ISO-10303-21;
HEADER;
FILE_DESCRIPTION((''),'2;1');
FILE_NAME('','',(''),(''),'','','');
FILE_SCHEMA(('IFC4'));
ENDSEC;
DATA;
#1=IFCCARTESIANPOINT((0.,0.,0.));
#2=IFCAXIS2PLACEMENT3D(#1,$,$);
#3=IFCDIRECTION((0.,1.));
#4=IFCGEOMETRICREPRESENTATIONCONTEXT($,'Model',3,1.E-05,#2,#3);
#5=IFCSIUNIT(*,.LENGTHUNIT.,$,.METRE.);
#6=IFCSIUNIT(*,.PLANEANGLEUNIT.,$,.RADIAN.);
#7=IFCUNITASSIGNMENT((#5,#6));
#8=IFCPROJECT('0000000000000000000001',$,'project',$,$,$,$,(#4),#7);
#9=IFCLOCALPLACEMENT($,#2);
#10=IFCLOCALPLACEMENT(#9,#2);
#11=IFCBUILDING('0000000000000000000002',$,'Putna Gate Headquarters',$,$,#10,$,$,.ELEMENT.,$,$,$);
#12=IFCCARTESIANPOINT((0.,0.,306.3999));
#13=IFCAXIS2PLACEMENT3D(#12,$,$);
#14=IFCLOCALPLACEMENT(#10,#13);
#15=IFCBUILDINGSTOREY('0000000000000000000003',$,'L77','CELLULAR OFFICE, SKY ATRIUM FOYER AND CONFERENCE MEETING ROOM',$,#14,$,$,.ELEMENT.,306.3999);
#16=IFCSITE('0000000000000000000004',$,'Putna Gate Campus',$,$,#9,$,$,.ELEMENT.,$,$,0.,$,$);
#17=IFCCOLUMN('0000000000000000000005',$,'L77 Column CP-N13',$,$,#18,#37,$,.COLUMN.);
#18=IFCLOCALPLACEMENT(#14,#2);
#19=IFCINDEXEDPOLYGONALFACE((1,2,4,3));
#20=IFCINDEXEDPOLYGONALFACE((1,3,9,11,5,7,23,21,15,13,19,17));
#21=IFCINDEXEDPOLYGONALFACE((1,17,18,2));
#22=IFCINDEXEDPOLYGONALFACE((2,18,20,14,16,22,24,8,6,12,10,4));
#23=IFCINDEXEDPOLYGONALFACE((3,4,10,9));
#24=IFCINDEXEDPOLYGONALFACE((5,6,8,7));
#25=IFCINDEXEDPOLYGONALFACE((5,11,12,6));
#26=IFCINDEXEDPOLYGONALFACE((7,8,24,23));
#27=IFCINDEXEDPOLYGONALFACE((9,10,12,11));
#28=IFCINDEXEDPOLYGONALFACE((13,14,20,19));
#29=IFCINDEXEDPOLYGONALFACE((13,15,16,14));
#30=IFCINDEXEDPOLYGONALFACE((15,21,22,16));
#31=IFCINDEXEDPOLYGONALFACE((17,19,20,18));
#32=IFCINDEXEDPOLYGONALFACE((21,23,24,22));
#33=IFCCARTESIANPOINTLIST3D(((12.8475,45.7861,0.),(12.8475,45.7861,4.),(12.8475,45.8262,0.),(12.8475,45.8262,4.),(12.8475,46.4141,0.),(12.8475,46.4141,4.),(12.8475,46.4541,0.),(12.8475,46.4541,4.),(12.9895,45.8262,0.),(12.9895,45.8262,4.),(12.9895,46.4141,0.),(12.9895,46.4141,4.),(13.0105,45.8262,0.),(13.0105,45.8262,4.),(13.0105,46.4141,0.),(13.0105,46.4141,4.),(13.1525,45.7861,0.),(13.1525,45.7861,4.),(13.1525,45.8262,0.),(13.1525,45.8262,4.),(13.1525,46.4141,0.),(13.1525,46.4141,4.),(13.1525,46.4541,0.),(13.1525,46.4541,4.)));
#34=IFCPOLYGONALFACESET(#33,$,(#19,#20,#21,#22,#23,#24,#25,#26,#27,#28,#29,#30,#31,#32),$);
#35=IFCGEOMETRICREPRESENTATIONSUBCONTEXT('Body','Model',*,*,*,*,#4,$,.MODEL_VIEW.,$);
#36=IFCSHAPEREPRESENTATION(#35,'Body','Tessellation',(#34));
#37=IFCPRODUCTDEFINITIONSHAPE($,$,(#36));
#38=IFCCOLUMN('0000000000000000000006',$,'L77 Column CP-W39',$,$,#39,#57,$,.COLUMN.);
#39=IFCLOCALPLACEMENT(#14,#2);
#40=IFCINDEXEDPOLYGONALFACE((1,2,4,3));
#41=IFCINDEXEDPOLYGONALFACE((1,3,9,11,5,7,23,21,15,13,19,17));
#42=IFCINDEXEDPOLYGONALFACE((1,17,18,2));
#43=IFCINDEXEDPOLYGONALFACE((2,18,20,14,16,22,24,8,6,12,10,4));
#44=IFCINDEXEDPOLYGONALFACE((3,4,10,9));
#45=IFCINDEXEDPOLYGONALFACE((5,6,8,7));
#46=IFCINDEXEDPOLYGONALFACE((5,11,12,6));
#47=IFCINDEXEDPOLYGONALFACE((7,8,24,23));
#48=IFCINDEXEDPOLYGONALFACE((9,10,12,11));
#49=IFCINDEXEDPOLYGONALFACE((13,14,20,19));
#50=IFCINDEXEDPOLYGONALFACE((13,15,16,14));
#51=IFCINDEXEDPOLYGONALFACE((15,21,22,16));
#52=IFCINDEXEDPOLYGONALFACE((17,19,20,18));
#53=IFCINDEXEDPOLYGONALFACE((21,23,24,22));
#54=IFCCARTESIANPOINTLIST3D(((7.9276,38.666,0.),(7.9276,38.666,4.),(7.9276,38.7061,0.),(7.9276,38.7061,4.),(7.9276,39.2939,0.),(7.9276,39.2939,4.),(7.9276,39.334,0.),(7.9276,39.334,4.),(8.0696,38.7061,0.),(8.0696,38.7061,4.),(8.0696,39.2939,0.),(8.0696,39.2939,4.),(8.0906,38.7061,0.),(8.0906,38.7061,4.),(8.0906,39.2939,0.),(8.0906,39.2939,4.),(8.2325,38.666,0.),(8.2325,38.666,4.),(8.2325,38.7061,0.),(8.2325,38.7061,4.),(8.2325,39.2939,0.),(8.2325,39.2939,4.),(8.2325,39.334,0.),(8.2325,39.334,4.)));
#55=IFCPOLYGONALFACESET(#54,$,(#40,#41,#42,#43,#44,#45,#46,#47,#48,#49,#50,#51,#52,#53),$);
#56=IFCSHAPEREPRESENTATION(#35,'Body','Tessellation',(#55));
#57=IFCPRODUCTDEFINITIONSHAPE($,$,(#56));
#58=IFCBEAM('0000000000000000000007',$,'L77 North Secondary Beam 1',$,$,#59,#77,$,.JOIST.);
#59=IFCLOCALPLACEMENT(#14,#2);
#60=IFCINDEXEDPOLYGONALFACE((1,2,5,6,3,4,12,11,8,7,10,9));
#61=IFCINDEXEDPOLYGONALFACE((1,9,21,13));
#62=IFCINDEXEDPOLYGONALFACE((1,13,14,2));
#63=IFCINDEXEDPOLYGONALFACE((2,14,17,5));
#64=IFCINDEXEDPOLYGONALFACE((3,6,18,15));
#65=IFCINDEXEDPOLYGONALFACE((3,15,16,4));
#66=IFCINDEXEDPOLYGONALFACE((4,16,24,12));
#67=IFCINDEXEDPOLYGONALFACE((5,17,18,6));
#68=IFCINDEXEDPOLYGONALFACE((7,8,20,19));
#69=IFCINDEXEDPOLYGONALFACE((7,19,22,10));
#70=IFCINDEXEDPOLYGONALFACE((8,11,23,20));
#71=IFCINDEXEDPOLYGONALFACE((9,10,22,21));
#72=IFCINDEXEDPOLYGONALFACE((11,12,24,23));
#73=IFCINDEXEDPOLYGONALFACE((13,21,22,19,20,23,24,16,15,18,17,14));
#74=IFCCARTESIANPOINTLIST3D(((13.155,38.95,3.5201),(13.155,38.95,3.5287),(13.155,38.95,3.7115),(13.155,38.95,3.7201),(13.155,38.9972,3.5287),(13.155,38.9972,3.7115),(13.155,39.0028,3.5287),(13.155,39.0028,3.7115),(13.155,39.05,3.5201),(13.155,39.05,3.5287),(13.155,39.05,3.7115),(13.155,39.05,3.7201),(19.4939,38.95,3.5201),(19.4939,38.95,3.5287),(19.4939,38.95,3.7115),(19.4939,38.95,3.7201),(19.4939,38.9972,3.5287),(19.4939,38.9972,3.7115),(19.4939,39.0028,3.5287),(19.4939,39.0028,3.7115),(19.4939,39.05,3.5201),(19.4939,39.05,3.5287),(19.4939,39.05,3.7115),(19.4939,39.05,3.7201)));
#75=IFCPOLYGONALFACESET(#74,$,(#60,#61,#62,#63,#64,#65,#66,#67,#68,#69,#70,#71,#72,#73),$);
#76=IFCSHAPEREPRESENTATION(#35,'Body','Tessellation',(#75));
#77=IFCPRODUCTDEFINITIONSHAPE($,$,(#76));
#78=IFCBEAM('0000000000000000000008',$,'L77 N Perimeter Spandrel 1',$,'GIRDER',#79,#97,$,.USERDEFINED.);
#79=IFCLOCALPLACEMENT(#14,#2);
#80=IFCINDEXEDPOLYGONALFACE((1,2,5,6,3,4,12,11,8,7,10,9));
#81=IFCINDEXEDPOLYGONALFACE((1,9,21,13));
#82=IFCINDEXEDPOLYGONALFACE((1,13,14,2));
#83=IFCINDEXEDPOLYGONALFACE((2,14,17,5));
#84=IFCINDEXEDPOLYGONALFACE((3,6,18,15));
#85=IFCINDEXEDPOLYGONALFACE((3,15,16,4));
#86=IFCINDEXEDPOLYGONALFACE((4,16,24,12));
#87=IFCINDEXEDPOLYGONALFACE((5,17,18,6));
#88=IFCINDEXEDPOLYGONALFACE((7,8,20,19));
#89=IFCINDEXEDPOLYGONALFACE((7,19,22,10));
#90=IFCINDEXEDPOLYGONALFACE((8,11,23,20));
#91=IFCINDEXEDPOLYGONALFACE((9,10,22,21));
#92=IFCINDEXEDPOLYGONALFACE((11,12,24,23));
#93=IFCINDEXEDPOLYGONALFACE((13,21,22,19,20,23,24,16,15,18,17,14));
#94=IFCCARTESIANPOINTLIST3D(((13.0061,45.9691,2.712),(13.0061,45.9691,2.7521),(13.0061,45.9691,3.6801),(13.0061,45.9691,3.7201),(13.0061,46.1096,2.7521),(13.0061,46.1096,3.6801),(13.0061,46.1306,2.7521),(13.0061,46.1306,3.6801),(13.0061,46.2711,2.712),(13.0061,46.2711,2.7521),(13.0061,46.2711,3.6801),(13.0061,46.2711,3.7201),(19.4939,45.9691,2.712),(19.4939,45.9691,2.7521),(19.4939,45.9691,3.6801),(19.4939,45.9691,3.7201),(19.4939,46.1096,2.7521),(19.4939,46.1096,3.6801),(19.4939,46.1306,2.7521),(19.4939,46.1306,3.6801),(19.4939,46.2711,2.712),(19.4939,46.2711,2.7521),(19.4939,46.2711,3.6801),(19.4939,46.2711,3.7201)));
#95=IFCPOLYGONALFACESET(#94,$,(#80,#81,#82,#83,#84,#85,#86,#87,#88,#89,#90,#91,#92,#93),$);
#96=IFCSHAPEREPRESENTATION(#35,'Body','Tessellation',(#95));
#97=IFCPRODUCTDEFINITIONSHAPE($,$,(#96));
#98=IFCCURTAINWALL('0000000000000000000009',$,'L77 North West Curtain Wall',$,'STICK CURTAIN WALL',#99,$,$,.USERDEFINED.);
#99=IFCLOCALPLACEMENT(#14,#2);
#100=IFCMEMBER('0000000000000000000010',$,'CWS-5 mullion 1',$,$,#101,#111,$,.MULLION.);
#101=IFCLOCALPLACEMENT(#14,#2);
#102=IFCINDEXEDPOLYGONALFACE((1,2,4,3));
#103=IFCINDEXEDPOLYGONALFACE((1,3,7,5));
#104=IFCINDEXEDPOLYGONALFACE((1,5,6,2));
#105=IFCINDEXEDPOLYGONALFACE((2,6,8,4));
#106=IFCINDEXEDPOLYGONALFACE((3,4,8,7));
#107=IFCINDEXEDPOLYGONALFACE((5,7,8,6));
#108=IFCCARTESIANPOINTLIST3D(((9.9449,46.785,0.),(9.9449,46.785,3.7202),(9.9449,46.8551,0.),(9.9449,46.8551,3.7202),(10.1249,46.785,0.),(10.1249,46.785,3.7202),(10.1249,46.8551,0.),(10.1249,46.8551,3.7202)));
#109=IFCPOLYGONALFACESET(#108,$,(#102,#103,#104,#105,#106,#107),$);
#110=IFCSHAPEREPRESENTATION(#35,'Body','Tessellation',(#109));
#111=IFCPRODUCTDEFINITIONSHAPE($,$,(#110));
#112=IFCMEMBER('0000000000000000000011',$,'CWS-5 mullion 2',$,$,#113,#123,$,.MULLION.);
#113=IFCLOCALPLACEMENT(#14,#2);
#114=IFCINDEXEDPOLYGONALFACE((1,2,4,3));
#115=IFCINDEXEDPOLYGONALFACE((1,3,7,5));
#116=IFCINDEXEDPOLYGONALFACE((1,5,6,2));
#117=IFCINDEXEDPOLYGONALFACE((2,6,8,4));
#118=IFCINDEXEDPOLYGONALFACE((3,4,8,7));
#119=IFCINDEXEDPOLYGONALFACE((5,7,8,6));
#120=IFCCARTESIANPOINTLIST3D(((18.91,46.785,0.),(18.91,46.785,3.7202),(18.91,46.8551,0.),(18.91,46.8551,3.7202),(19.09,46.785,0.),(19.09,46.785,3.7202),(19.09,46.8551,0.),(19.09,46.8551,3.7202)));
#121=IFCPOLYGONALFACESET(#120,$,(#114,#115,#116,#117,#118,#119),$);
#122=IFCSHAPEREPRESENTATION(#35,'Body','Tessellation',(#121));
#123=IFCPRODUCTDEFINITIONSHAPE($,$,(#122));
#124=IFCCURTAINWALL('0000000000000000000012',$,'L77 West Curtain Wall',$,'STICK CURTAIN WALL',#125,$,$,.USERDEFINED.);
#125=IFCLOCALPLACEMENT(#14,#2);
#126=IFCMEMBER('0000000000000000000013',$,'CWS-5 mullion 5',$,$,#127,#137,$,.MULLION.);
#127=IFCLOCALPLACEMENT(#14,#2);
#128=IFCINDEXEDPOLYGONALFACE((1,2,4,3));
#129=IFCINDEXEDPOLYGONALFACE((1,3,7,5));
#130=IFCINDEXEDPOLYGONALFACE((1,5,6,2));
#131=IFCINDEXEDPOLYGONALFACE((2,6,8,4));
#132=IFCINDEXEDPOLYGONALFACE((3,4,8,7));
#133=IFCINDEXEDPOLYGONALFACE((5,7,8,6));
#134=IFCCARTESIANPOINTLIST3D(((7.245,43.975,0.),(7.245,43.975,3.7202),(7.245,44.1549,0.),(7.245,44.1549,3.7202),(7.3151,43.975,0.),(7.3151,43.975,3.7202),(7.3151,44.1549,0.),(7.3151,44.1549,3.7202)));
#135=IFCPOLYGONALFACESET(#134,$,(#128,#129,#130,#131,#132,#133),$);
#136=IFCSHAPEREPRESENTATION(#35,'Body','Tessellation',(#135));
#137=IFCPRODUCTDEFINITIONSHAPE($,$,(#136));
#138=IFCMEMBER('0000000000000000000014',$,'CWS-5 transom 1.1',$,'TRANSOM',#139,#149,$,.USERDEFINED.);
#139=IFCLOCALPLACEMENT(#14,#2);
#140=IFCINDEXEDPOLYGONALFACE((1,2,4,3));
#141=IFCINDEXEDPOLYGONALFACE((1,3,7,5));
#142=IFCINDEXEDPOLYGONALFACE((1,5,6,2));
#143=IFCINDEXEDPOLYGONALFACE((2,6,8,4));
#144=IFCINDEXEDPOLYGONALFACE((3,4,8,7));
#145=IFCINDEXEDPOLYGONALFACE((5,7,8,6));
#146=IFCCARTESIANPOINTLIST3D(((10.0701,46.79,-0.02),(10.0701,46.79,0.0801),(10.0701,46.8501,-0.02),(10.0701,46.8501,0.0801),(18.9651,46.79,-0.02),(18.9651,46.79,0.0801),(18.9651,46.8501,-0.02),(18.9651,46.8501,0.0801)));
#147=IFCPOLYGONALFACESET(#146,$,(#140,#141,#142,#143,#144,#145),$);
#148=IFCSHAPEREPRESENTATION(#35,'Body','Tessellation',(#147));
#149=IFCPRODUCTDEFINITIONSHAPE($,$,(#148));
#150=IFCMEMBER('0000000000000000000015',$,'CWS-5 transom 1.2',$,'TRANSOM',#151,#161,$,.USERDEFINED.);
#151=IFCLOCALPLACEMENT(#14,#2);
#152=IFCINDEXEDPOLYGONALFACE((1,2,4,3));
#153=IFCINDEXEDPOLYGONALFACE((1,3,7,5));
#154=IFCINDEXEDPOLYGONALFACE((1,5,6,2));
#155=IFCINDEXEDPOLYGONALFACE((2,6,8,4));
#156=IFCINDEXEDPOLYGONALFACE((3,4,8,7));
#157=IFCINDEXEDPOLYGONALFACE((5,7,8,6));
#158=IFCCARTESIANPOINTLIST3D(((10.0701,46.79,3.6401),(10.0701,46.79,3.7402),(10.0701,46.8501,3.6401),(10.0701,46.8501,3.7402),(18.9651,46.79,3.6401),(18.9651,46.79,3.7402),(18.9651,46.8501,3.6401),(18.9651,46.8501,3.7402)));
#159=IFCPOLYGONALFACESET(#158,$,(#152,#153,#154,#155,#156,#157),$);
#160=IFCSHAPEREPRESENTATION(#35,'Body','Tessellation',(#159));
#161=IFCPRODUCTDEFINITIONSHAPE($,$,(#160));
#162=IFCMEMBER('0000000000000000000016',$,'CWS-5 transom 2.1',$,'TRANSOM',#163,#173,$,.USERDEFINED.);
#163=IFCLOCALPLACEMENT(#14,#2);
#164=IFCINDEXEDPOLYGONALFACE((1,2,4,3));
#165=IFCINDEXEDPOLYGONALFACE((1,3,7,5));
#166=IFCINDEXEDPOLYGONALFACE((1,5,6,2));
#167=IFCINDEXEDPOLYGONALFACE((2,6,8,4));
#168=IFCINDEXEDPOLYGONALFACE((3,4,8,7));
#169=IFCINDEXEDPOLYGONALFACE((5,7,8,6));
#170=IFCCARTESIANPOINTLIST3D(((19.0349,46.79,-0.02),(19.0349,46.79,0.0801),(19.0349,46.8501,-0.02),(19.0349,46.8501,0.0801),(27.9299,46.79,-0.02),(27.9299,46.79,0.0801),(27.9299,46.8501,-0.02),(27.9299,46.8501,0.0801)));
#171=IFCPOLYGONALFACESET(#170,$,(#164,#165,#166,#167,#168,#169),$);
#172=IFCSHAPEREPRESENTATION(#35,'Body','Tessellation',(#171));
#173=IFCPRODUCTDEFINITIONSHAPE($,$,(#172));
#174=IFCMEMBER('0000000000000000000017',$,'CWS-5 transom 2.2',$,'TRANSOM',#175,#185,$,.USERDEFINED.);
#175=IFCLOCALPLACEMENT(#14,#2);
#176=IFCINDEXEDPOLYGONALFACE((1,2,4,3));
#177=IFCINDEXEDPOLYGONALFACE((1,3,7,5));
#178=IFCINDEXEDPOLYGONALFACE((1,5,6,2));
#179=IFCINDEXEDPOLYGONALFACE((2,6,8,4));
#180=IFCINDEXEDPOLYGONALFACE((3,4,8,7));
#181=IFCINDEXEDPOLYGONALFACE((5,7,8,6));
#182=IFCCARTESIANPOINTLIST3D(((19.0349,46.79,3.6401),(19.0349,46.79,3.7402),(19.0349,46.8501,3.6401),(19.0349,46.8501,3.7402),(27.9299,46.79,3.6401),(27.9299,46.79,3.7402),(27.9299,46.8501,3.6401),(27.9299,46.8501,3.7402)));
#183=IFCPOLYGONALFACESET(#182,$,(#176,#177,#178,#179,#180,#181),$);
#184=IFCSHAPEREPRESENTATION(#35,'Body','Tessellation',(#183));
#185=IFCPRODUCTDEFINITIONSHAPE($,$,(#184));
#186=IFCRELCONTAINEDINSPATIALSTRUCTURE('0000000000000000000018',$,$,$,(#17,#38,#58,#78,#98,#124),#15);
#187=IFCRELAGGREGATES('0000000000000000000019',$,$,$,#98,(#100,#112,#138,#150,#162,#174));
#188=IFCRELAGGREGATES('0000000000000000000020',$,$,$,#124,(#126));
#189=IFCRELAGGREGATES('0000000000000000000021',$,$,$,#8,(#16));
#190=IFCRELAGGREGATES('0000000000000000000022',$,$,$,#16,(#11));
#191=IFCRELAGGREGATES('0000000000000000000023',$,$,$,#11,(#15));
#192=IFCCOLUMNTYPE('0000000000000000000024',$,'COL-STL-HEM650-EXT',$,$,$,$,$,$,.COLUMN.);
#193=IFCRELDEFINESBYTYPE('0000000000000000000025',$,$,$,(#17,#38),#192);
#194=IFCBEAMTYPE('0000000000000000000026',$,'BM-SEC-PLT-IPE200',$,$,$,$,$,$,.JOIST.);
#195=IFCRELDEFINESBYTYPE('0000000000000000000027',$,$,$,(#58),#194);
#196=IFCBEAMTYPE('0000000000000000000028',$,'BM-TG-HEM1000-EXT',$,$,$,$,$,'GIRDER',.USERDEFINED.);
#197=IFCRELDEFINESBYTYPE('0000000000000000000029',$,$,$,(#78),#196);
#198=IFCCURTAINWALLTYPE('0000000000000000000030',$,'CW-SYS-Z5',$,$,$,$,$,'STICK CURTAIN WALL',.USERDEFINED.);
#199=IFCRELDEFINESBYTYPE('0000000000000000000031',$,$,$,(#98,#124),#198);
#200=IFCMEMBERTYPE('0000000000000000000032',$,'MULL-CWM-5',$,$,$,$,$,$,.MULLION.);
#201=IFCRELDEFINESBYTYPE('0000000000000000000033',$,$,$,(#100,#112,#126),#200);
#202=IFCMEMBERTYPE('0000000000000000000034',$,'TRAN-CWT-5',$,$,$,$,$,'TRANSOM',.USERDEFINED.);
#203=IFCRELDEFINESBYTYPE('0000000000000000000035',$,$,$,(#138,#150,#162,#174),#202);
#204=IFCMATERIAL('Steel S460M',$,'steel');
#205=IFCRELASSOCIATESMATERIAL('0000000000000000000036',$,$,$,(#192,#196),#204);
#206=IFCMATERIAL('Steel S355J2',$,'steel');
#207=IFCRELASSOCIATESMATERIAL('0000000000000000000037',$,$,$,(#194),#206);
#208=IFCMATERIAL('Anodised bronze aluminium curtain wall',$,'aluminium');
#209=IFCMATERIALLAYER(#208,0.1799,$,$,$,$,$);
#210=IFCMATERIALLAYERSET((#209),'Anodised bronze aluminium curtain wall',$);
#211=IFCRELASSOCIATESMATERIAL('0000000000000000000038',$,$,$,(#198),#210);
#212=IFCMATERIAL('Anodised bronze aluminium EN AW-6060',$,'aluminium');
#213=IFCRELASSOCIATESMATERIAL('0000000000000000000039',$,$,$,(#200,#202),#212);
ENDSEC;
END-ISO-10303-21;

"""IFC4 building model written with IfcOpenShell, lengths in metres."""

from ifc_helpers import new_model, si_unit, direction, frame, origin, origin_2d, place, context, subcontext, project, spatial, rectangle, i_section, extrude, material, layer, layer_set, material_profile, profile_set, type_object, element, aggregate, save


model = new_model("IFC4")

# Units and contexts
model_context = context("Model", 3, precision=1e-05, world=origin(), true_north=direction((0.0, 1.0)))
body_context = subcontext(model_context, "Body", "Model", "MODEL_VIEW")
ifc_project = project(units=[si_unit("LENGTHUNIT", "METRE"), si_unit("PLANEANGLEUNIT", "RADIAN")], contexts=[model_context])

# Site, building, storey
site_placement = place(None, origin())
site = spatial("IfcSite", under=ifc_project, at=site_placement, Name="Putna Gate Campus", CompositionType="ELEMENT", RefElevation=0.0)
building_placement = place(site_placement, origin())
building = spatial("IfcBuilding", under=site, at=building_placement, Name="Putna Gate Headquarters", CompositionType="ELEMENT")
storey_placement = place(building_placement, frame((0.0, 0.0, 306.3999)))
storey = spatial("IfcBuildingStorey", under=building, at=storey_placement, Name="L77", Description="CELLULAR OFFICE, SKY ATRIUM FOYER AND CONFERENCE MEETING ROOM", CompositionType="ELEMENT", Elevation=306.3999)

# Columns
ifc_material_1 = material(Name="Steel S460M", Category="steel")
ifc_material_profile_1 = material_profile(ifc_material_1, i_section(OverallWidth=0.3049, OverallDepth=0.668, WebThickness=0.021, FlangeThickness=0.04, at=origin_2d()), Name="Steel S460M")
ifc_profile_set_1 = profile_set([ifc_material_profile_1], Name="Steel S460M")
column_type = type_object("IfcColumnType", Name="COL-STL-HEM650-EXT", PredefinedType="COLUMN", material=ifc_profile_set_1)
for number, where, z_axis, x_axis, name in (
    (1, (13.0, 46.1201, 0.0), (0.0, 0.0, 1.0), (1.0, 0.0, 0.0), "L77 Column CP-N13"),
    (2, (8.0801, 39.0, 0.0), (0.0, 0.0, 1.0), (1.0, 0.0, 0.0), "L77 Column CP-W39"),
):
    element("IfcColumn", number, at=place(storey_placement, frame(where, z_axis=z_axis, x_axis=x_axis)), inside=storey, type_object=column_type, Name=name, PredefinedType="COLUMN", context=body_context, shape_type="SweptSolid", body=[
        extrude(i_section(OverallWidth=0.3049, OverallDepth=0.668, WebThickness=0.021, FlangeThickness=0.04, at=origin_2d()), origin(), (0.0, 0.0, 1.0), 4.0),
    ])

# Beams
ifc_material_2 = material(Name="Steel S355J2", Category="steel")
ifc_material_profile_2 = material_profile(ifc_material_2, i_section(OverallWidth=0.1001, OverallDepth=0.2, WebThickness=0.0056, FlangeThickness=0.0085, at=origin_2d()), Name="Steel S355J2")
ifc_profile_set_2 = profile_set([ifc_material_profile_2], Name="Steel S355J2")
beam_type_1 = type_object("IfcBeamType", Name="BM-SEC-PLT-IPE200", PredefinedType="JOIST", material=ifc_profile_set_2)
beam_1_placement = place(storey_placement, frame((13.155, 39.0, 3.6201), z_axis=(1.0, 0.0, 0.0), x_axis=(0.0, 1.0, 0.0)))
element("IfcBeam", 3, at=beam_1_placement, inside=storey, type_object=beam_type_1, Name="L77 North Secondary Beam 1", PredefinedType="JOIST", context=body_context, shape_type="SweptSolid", body=[
    extrude(i_section(OverallWidth=0.1001, OverallDepth=0.2, WebThickness=0.0056, FlangeThickness=0.0085, at=origin_2d()), origin(), (0.0, 0.0, 1.0), 6.3389),
])
ifc_material_profile_3 = material_profile(ifc_material_1, i_section(OverallWidth=0.302, OverallDepth=1.0081, WebThickness=0.021, FlangeThickness=0.04, at=origin_2d()), Name="Steel S460M")
ifc_profile_set_3 = profile_set([ifc_material_profile_3], Name="Steel S460M")
beam_type_2 = type_object("IfcBeamType", Name="BM-TG-HEM1000-EXT", ElementType="GIRDER", PredefinedType="USERDEFINED", material=ifc_profile_set_3)
beam_2_placement = place(storey_placement, frame((13.0061, 46.1201, 3.2161), z_axis=(1.0, 0.0, 0.0), x_axis=(0.0, 1.0, 0.0)))
element("IfcBeam", 4, at=beam_2_placement, inside=storey, type_object=beam_type_2, Name="L77 N Perimeter Spandrel 1", ObjectType="GIRDER", PredefinedType="USERDEFINED", context=body_context, shape_type="SweptSolid", body=[
    extrude(i_section(OverallWidth=0.302, OverallDepth=1.0081, WebThickness=0.021, FlangeThickness=0.04, at=origin_2d()), origin(), (0.0, 0.0, 1.0), 6.4878),
])

# Curtain wall, members
ifc_material_3 = material(Name="Anodised bronze aluminium curtain wall", Category="aluminium")
ifc_layer_1 = layer(ifc_material_3, 0.1799)
ifc_layer_set_1 = layer_set([ifc_layer_1], Name="Anodised bronze aluminium curtain wall")
curtain_wall_type = type_object("IfcCurtainWallType", Name="CW-SYS-Z5", ElementType="STICK CURTAIN WALL", PredefinedType="USERDEFINED", material=ifc_layer_set_1)
curtain_wall_1_placement = place(storey_placement, origin())
curtain_wall_1 = element("IfcCurtainWall", 5, at=curtain_wall_1_placement, inside=storey, type_object=curtain_wall_type, Name="L77 North West Curtain Wall", ObjectType="STICK CURTAIN WALL", PredefinedType="USERDEFINED")
ifc_material_4 = material(Name="Anodised bronze aluminium EN AW-6060", Category="aluminium")
ifc_material_profile_4 = material_profile(ifc_material_4, rectangle(XDim=0.0701, YDim=0.1799, at=origin_2d()), Name="Anodised bronze aluminium EN AW-6060")
ifc_profile_set_4 = profile_set([ifc_material_profile_4], Name="Anodised bronze aluminium EN AW-6060")
member_type_1 = type_object("IfcMemberType", Name="MULL-CWM-5", PredefinedType="MULLION", material=ifc_profile_set_4)
member_1_placement = place(storey_placement, frame((10.0349, 46.8201, 0.0), z_axis=(0.0, 0.0, 1.0), x_axis=(0.0, 1.0, 0.0)))
member_1 = element("IfcMember", 6, at=member_1_placement, type_object=member_type_1, Name="CWS-5 mullion 1", PredefinedType="MULLION", context=body_context, shape_type="SweptSolid", body=[
    extrude(rectangle(XDim=0.0701, YDim=0.1799, at=origin_2d()), origin(), (0.0, 0.0, 1.0), 3.7202),
])
member_2_placement = place(storey_placement, frame((19.0, 46.8201, 0.0), z_axis=(0.0, 0.0, 1.0), x_axis=(0.0, 1.0, 0.0)))
member_2 = element("IfcMember", 7, at=member_2_placement, type_object=member_type_1, Name="CWS-5 mullion 2", PredefinedType="MULLION", context=body_context, shape_type="SweptSolid", body=[
    extrude(rectangle(XDim=0.0701, YDim=0.1799, at=origin_2d()), origin(), (0.0, 0.0, 1.0), 3.7202),
])

# Curtain wall, member
curtain_wall_2_placement = place(storey_placement, origin())
curtain_wall_2 = element("IfcCurtainWall", 8, at=curtain_wall_2_placement, inside=storey, type_object=curtain_wall_type, Name="L77 West Curtain Wall", ObjectType="STICK CURTAIN WALL", PredefinedType="USERDEFINED")
member_3_placement = place(storey_placement, frame((7.28, 44.0649, 0.0), z_axis=(0.0, 0.0, 1.0), x_axis=(-1.0, 0.0, 0.0)))
member_3 = element("IfcMember", 9, at=member_3_placement, type_object=member_type_1, Name="CWS-5 mullion 5", PredefinedType="MULLION", context=body_context, shape_type="SweptSolid", body=[
    extrude(rectangle(XDim=0.0701, YDim=0.1799, at=origin_2d()), origin(), (0.0, 0.0, 1.0), 3.7202),
])

# Members
ifc_material_profile_5 = material_profile(ifc_material_4, rectangle(XDim=0.0601, YDim=0.1001, at=origin_2d()), Name="Anodised bronze aluminium EN AW-6060")
ifc_profile_set_5 = profile_set([ifc_material_profile_5], Name="Anodised bronze aluminium EN AW-6060")
member_type_2 = type_object("IfcMemberType", Name="TRAN-CWT-5", ElementType="TRANSOM", PredefinedType="USERDEFINED", material=ifc_profile_set_5)
member_4_placement = place(storey_placement, frame((10.0701, 46.8201, 0.03), z_axis=(1.0, 0.0, 0.0), x_axis=(0.0, 1.0, 0.0)))
member_4 = element("IfcMember", 10, at=member_4_placement, type_object=member_type_2, Name="CWS-5 transom 1.1", ObjectType="TRANSOM", PredefinedType="USERDEFINED", context=body_context, shape_type="SweptSolid", body=[
    extrude(rectangle(XDim=0.0601, YDim=0.1001, at=origin_2d()), origin(), (0.0, 0.0, 1.0), 8.895),
])
member_5_placement = place(storey_placement, frame((10.0701, 46.8201, 3.6902), z_axis=(1.0, 0.0, 0.0), x_axis=(0.0, 1.0, 0.0)))
member_5 = element("IfcMember", 11, at=member_5_placement, type_object=member_type_2, Name="CWS-5 transom 1.2", ObjectType="TRANSOM", PredefinedType="USERDEFINED", context=body_context, shape_type="SweptSolid", body=[
    extrude(rectangle(XDim=0.0601, YDim=0.1001, at=origin_2d()), origin(), (0.0, 0.0, 1.0), 8.895),
])
member_6_placement = place(storey_placement, frame((19.0349, 46.8201, 0.03), z_axis=(1.0, 0.0, 0.0), x_axis=(0.0, 1.0, 0.0)))
member_6 = element("IfcMember", 12, at=member_6_placement, type_object=member_type_2, Name="CWS-5 transom 2.1", ObjectType="TRANSOM", PredefinedType="USERDEFINED", context=body_context, shape_type="SweptSolid", body=[
    extrude(rectangle(XDim=0.0601, YDim=0.1001, at=origin_2d()), origin(), (0.0, 0.0, 1.0), 8.895),
])
member_7_placement = place(storey_placement, frame((19.0349, 46.8201, 3.6902), z_axis=(1.0, 0.0, 0.0), x_axis=(0.0, 1.0, 0.0)))
member_7 = element("IfcMember", 13, at=member_7_placement, type_object=member_type_2, Name="CWS-5 transom 2.2", ObjectType="TRANSOM", PredefinedType="USERDEFINED", context=body_context, shape_type="SweptSolid", body=[
    extrude(rectangle(XDim=0.0601, YDim=0.1001, at=origin_2d()), origin(), (0.0, 0.0, 1.0), 8.895),
])

aggregate(curtain_wall_1, [member_1, member_2, member_4, member_5, member_6, member_7])
aggregate(curtain_wall_2, [member_3])

save(model, "model.ifc")
